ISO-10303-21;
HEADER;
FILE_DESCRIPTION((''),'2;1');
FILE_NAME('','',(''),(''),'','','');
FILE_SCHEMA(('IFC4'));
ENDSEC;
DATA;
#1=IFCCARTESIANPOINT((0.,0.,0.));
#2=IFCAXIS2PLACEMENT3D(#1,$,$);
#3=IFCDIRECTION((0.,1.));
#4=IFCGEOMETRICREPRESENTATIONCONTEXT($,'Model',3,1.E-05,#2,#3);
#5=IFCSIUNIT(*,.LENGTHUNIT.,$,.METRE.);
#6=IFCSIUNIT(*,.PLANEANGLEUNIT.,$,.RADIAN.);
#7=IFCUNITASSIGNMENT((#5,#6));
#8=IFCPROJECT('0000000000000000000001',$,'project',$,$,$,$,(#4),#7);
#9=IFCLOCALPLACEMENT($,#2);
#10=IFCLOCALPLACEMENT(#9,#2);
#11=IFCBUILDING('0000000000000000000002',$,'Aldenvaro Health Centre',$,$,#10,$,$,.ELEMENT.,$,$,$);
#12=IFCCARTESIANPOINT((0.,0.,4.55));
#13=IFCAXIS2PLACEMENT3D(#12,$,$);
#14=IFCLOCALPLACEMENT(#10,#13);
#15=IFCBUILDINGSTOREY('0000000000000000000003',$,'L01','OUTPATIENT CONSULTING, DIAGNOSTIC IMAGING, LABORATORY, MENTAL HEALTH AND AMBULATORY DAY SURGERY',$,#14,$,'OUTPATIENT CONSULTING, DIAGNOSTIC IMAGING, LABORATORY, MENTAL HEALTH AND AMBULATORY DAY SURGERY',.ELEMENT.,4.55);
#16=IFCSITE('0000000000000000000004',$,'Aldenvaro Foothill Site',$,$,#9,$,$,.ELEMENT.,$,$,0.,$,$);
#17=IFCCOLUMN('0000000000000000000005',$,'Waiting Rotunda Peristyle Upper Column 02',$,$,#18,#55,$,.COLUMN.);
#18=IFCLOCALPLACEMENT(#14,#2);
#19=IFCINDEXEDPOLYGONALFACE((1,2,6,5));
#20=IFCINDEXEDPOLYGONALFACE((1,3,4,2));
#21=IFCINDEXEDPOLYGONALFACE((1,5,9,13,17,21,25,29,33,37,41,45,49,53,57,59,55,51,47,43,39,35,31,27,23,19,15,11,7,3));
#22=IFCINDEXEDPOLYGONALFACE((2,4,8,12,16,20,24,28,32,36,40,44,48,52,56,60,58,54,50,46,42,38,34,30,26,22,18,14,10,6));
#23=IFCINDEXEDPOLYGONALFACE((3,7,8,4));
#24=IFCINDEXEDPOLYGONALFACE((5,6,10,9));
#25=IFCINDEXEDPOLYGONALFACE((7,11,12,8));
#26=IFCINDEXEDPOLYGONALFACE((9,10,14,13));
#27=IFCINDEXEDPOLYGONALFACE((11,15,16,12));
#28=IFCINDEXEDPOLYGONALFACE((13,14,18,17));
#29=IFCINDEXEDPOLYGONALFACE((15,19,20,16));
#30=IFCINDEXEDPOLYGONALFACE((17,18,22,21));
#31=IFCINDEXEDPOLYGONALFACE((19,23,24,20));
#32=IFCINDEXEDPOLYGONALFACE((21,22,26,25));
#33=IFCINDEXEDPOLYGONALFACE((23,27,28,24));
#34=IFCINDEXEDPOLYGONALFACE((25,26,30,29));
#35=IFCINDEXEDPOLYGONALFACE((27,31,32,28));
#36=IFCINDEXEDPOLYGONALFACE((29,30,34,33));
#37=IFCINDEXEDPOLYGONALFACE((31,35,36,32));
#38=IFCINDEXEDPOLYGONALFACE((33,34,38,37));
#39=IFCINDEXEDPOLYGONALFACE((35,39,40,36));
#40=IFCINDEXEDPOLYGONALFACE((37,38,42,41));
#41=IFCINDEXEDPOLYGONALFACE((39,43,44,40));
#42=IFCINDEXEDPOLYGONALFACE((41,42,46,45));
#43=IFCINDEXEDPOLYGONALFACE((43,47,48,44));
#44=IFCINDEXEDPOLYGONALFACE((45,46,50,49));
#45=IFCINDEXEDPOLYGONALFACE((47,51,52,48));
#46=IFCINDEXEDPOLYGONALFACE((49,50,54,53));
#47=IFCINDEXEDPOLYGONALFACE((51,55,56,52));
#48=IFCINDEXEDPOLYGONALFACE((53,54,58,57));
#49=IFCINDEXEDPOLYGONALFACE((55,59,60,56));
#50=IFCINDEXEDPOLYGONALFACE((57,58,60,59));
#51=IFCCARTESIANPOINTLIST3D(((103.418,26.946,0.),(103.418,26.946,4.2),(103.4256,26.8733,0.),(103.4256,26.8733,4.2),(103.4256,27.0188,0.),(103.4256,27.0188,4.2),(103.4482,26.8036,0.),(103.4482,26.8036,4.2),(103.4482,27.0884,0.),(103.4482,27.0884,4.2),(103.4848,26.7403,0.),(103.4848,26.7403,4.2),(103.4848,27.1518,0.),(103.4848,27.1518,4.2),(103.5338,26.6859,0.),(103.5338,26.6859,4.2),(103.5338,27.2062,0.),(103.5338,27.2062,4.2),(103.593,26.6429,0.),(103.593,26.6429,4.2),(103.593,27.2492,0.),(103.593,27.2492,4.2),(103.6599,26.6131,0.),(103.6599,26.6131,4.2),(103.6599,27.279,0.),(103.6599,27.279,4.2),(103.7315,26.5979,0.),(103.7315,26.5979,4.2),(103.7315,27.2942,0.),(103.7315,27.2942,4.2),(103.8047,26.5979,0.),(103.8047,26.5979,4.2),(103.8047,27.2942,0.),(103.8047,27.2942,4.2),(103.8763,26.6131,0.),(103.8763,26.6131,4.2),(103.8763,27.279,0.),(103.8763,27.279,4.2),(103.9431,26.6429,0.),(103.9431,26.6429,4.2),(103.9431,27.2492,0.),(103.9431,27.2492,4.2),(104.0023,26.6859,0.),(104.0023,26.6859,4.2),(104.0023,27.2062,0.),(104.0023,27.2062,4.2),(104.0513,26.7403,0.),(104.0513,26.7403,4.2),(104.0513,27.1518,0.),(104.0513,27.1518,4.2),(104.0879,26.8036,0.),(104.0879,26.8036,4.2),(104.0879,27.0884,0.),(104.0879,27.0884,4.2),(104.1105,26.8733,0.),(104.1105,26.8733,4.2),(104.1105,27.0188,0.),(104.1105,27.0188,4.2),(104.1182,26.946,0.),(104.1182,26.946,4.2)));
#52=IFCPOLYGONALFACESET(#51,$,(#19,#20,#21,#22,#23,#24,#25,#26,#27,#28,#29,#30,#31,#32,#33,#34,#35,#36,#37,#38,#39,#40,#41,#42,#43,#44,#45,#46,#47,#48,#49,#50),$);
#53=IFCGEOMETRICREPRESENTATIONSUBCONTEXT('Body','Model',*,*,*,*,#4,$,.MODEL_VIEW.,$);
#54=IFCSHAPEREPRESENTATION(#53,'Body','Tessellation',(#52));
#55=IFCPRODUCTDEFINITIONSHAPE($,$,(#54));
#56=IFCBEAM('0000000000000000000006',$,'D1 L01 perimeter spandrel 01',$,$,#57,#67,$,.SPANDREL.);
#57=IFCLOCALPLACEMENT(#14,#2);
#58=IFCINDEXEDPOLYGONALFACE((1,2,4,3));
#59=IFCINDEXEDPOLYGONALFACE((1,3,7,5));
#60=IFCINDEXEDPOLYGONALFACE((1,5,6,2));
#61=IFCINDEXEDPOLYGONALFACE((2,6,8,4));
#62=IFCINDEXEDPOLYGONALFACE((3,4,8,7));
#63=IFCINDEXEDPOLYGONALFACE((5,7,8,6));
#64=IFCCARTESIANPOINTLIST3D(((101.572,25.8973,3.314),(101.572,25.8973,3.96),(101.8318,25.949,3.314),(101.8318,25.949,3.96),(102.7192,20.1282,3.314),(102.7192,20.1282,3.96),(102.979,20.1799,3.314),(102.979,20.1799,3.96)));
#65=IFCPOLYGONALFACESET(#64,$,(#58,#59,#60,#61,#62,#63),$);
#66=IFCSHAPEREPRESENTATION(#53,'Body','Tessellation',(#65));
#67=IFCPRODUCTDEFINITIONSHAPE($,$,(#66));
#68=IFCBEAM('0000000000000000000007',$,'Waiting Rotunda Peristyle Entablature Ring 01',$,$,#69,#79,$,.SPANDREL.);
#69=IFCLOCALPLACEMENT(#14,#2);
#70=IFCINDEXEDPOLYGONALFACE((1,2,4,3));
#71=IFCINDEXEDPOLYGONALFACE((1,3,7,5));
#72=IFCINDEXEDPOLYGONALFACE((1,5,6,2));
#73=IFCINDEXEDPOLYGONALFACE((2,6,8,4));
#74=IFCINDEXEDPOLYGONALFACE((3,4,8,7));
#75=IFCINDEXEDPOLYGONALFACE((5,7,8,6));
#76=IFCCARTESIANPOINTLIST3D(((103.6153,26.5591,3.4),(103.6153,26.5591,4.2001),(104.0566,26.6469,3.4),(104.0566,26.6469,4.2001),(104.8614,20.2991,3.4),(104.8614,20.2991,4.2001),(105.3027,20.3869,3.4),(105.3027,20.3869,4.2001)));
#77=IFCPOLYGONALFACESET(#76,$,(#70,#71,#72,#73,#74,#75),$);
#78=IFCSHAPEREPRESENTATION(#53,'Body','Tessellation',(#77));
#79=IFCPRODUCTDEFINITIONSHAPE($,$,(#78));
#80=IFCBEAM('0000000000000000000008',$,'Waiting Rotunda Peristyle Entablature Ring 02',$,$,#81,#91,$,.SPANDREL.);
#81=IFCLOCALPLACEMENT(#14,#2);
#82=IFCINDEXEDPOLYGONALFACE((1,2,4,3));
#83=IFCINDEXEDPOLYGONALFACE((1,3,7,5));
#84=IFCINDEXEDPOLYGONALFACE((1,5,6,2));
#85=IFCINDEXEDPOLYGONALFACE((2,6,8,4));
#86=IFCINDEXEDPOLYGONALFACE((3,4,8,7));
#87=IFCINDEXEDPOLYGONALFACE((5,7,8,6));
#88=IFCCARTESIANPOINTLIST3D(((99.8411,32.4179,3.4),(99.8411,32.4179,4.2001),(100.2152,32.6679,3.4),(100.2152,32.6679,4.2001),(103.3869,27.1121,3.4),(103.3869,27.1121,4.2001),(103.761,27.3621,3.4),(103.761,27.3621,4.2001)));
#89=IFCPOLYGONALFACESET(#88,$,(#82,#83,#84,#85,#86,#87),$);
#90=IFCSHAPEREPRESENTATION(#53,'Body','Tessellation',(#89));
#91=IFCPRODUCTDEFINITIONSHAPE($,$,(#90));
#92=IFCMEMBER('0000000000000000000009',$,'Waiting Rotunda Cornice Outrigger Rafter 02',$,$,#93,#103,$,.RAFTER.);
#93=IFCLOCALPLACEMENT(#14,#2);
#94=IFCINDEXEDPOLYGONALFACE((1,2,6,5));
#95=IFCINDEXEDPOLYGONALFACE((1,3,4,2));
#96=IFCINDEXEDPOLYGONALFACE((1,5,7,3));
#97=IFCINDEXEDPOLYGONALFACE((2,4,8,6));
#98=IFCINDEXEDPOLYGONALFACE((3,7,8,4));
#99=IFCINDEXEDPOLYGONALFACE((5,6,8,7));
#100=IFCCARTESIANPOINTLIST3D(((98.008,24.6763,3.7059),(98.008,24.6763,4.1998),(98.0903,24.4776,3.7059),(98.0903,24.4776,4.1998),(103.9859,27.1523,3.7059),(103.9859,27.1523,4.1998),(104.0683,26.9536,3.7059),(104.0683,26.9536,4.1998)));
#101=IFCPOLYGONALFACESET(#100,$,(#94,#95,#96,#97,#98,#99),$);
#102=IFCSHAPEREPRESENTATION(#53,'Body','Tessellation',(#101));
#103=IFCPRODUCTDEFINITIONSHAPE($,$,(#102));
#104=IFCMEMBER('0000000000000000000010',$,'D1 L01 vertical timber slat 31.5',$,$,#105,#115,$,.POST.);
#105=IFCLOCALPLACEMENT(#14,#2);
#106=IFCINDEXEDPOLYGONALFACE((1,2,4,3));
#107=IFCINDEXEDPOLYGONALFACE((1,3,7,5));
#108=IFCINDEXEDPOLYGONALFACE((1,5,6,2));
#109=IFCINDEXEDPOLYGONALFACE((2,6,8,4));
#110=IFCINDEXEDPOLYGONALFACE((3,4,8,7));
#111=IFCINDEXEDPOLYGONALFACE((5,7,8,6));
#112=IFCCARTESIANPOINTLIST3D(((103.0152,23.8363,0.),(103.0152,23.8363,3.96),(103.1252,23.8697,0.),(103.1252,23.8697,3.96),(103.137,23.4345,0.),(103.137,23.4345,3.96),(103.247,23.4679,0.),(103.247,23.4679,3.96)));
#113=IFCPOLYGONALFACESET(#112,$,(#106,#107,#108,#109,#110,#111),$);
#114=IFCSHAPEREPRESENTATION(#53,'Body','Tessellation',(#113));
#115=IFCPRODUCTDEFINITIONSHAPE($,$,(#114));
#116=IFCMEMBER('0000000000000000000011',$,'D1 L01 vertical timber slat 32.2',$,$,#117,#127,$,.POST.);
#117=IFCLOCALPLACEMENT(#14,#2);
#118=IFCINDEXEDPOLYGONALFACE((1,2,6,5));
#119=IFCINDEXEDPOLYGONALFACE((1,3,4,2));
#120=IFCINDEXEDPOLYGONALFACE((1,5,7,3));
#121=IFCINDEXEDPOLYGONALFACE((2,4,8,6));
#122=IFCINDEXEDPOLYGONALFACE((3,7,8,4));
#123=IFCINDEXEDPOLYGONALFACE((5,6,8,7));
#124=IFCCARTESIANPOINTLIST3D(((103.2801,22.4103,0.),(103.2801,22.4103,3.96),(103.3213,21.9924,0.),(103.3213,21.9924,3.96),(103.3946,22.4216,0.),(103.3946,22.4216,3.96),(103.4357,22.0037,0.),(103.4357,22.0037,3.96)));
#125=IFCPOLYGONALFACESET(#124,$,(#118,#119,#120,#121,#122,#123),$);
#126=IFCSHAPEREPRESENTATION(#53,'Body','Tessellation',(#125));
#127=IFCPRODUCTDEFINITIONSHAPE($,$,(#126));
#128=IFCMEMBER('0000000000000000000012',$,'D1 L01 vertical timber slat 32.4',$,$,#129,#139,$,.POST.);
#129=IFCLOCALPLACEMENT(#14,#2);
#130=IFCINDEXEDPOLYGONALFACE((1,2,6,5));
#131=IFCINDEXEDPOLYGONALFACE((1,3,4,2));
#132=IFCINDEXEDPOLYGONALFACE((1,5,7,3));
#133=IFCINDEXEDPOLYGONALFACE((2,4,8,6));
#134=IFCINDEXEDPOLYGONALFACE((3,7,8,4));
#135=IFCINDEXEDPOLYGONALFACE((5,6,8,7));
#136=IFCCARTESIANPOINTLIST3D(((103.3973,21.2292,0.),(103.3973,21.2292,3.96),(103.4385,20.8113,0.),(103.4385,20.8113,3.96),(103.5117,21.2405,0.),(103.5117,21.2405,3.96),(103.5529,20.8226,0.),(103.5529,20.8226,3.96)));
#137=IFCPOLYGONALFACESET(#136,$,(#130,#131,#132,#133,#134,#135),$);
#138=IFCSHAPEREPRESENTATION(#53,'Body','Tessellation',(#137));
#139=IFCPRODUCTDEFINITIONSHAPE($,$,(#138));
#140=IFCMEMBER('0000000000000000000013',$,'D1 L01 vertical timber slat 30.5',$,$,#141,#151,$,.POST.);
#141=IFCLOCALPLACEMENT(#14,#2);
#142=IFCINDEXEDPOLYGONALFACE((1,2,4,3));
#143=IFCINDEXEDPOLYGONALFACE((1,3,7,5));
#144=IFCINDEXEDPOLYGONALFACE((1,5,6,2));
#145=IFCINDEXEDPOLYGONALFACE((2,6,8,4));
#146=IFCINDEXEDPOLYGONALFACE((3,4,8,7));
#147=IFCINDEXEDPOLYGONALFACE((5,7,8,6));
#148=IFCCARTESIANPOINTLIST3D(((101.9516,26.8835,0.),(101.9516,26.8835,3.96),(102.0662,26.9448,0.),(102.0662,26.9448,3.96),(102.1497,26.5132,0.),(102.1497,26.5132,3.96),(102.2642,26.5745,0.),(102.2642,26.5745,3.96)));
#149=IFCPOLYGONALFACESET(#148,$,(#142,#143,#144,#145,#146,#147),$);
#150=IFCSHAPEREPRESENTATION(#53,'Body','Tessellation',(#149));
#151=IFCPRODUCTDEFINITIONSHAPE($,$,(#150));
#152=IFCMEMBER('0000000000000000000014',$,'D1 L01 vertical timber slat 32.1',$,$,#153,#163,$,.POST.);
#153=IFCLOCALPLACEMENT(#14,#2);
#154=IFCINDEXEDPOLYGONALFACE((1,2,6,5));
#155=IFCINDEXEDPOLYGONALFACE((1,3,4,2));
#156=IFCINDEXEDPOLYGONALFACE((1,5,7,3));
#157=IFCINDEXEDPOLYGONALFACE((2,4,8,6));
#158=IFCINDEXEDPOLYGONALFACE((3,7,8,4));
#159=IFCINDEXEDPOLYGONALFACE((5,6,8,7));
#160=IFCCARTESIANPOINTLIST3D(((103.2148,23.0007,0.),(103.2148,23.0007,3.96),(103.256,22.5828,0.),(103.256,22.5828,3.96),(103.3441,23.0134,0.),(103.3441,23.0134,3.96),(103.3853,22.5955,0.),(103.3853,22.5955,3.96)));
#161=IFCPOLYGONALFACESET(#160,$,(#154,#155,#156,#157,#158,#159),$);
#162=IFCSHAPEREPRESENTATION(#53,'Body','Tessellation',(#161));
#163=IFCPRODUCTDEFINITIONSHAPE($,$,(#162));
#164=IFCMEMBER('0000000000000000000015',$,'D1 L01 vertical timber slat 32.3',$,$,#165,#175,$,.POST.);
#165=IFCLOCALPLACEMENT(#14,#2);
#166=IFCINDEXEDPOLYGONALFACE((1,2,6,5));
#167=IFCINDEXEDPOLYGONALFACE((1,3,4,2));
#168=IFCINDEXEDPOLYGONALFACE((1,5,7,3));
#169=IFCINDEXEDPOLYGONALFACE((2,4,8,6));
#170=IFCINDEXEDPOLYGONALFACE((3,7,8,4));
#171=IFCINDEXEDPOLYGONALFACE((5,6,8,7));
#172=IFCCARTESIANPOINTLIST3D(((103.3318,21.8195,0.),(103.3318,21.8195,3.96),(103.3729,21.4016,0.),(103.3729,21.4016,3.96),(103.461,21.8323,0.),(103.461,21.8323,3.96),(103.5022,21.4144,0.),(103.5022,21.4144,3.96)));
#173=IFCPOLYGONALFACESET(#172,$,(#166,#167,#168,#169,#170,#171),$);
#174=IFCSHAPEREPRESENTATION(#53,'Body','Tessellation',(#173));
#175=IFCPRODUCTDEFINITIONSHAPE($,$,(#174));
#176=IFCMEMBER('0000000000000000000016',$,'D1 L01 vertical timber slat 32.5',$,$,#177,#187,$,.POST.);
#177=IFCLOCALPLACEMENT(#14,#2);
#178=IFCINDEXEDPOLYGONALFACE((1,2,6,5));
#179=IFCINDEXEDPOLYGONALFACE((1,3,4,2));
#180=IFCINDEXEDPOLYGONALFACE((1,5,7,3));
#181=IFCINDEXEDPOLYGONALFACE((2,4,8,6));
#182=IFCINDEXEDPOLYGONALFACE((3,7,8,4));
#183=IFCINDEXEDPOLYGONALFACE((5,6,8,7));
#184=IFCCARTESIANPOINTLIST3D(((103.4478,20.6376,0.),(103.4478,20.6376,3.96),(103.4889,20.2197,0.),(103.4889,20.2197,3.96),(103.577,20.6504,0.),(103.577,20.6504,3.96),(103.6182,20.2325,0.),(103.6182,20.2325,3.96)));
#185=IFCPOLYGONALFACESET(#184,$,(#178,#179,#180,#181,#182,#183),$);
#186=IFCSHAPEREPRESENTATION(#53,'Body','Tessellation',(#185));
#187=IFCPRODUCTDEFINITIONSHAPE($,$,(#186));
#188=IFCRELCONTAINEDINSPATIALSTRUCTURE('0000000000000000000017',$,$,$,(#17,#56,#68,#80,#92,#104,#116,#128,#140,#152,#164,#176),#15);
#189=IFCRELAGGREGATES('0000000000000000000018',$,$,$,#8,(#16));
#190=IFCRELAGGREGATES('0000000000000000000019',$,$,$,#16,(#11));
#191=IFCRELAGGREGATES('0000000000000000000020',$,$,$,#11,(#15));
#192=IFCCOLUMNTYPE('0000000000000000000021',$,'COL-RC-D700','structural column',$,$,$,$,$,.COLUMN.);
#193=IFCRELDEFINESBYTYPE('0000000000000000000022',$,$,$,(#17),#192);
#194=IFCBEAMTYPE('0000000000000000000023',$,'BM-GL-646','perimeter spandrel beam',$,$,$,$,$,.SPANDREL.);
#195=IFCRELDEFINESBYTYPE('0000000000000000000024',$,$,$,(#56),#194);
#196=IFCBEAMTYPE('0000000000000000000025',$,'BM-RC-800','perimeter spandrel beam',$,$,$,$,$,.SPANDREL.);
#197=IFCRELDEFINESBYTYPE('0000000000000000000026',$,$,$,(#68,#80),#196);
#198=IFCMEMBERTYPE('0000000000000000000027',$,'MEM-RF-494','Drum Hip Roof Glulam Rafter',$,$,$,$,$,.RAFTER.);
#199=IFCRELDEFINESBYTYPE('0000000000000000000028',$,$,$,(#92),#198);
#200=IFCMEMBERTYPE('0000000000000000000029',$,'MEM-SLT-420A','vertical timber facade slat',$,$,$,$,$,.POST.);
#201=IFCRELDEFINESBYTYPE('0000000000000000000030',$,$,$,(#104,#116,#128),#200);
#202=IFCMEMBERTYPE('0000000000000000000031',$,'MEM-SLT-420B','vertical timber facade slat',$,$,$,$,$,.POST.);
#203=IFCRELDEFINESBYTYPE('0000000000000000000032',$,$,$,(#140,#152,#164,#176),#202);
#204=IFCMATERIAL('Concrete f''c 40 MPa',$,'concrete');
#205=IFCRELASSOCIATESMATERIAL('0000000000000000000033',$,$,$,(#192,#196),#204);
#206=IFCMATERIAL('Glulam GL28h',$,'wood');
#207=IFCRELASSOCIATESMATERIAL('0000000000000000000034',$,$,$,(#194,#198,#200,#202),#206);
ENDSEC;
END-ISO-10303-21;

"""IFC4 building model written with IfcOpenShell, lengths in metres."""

from ifc_helpers import new_model, si_unit, direction, frame, origin, origin_2d, place, context, subcontext, project, spatial, rectangle, circle, extrude, material, material_profile, profile_set, type_object, element, save


model = new_model("IFC4")

# Units and contexts
model_context = context("Model", 3, precision=1e-05, world=origin(), true_north=direction((0.0, 1.0)))
body_context = subcontext(model_context, "Body", "Model", "MODEL_VIEW")
ifc_project = project(units=[si_unit("LENGTHUNIT", "METRE"), si_unit("PLANEANGLEUNIT", "RADIAN")], contexts=[model_context])

# Site, building, storey
site_placement = place(None, origin())
site = spatial("IfcSite", under=ifc_project, at=site_placement, Name="Aldenvaro Foothill Site", CompositionType="ELEMENT", RefElevation=0.0)
building_placement = place(site_placement, origin())
building = spatial("IfcBuilding", under=site, at=building_placement, Name="Aldenvaro Health Centre", CompositionType="ELEMENT")
storey_placement = place(building_placement, frame((0.0, 0.0, 4.55)))
storey = spatial("IfcBuildingStorey", under=building, at=storey_placement, Name="L01", Description="OUTPATIENT CONSULTING, DIAGNOSTIC IMAGING, LABORATORY, MENTAL HEALTH AND AMBULATORY DAY SURGERY", LongName="OUTPATIENT CONSULTING, DIAGNOSTIC IMAGING, LABORATORY, MENTAL HEALTH AND AMBULATORY DAY SURGERY", CompositionType="ELEMENT", Elevation=4.55)

# Column
ifc_material_1 = material(Name="Concrete f'c 40 MPa", Category="concrete")
ifc_material_profile_1 = material_profile(ifc_material_1, circle(Radius=0.3501, at=origin_2d()), Name="RC D700", Category="concrete")
ifc_profile_set_1 = profile_set([ifc_material_profile_1], Name="Concrete f'c 40 MPa")
column_type = type_object("IfcColumnType", Name="COL-RC-D700", Description="structural column", PredefinedType="COLUMN", material=ifc_profile_set_1)
column_placement = place(storey_placement, frame((103.7681, 26.946, 0.0), z_axis=(0.0, 0.0, 1.0), x_axis=(1.0, 0.0, 0.0)))
element("IfcColumn", 1, at=column_placement, inside=storey, type_object=column_type, Name="Waiting Rotunda Peristyle Upper Column 02", PredefinedType="COLUMN", context=body_context, shape_type="SweptSolid", body=[
    extrude(circle(Radius=0.3501, at=origin_2d()), origin(), (0.0, 0.0, 1.0), 4.2),
])

# Beams
ifc_material_2 = material(Name="Glulam GL28h", Category="wood")
ifc_material_profile_2 = material_profile(ifc_material_2, rectangle(XDim=0.2649, YDim=0.646, at=origin_2d()), Name="GL 265x646", Category="wood")
ifc_profile_set_2 = profile_set([ifc_material_profile_2], Name="Glulam GL28h")
beam_type_1 = type_object("IfcBeamType", Name="BM-GL-646", Description="perimeter spandrel beam", PredefinedType="SPANDREL", material=ifc_profile_set_2)
beam_1_placement = place(storey_placement, frame((102.8491, 20.1541, 3.637), z_axis=(-0.195038, 0.980796, 0.0), x_axis=(-0.980796, -0.195038, 0.0)))
element("IfcBeam", 2, at=beam_1_placement, inside=storey, type_object=beam_type_1, Name="D1 L01 perimeter spandrel 01", PredefinedType="SPANDREL", context=body_context, shape_type="SweptSolid", body=[
    extrude(rectangle(XDim=0.2649, YDim=0.646, at=origin_2d()), origin(), (0.0, 0.0, 1.0), 5.8821),
])
ifc_material_profile_3 = material_profile(ifc_material_1, rectangle(XDim=0.45, YDim=0.8, at=origin_2d()), Name="RC 450x800", Category="concrete")
ifc_profile_set_3 = profile_set([ifc_material_profile_3], Name="Concrete f'c 40 MPa")
beam_type_2 = type_object("IfcBeamType", Name="BM-RC-800", Description="perimeter spandrel beam", PredefinedType="SPANDREL", material=ifc_profile_set_3)
beam_2_placement = place(storey_placement, frame((105.082, 20.343, 3.8), z_axis=(-0.195226, 0.980758, 0.0), x_axis=(-0.980758, -0.195226, 0.0)))
element("IfcBeam", 3, at=beam_2_placement, inside=storey, type_object=beam_type_2, Name="Waiting Rotunda Peristyle Entablature Ring 01", PredefinedType="SPANDREL", context=body_context, shape_type="SweptSolid", body=[
    extrude(rectangle(XDim=0.45, YDim=0.8, at=origin_2d()), origin(), (0.0, 0.0, 1.0), 6.3828),
])
beam_3_placement = place(storey_placement, frame((103.574, 27.2371, 3.8), z_axis=(-0.555636, 0.831426, 0.0), x_axis=(-0.831426, -0.555636, 0.0)))
element("IfcBeam", 4, at=beam_3_placement, inside=storey, type_object=beam_type_2, Name="Waiting Rotunda Peristyle Entablature Ring 02", PredefinedType="SPANDREL", context=body_context, shape_type="SweptSolid", body=[
    extrude(rectangle(XDim=0.45, YDim=0.8, at=origin_2d()), origin(), (0.0, 0.0, 1.0), 6.3816),
])

# Members
ifc_material_profile_4 = material_profile(ifc_material_2, rectangle(XDim=0.2151, YDim=0.4939, at=origin_2d()), Name="GL 215x494", Category="wood")
ifc_profile_set_4 = profile_set([ifc_material_profile_4], Name="Glulam GL28h")
member_type_1 = type_object("IfcMemberType", Name="MEM-RF-494", Description="Drum Hip Roof Glulam Rafter", PredefinedType="RAFTER", material=ifc_profile_set_4)
member_placement = place(storey_placement, frame((104.0271, 27.053, 3.9529), z_axis=(-0.923885, -0.382669, 0.0), x_axis=(0.382669, -0.923885, 0.0)))
element("IfcMember", 5, at=member_placement, inside=storey, type_object=member_type_1, Name="Waiting Rotunda Cornice Outrigger Rafter 02", PredefinedType="RAFTER", context=body_context, shape_type="SweptSolid", body=[
    extrude(rectangle(XDim=0.2151, YDim=0.4939, at=origin_2d()), origin(), (0.0, 0.0, 1.0), 6.4705),
])
ifc_material_profile_5 = material_profile(ifc_material_2, rectangle(XDim=0.115, YDim=0.4199, at=origin_2d()), Name="GL 115x420", Category="wood")
ifc_profile_set_5 = profile_set([ifc_material_profile_5], Name="Glulam GL28h")
member_type_2 = type_object("IfcMemberType", Name="MEM-SLT-420A", Description="vertical timber facade slat", PredefinedType="POST", material=ifc_profile_set_5)
for number, where, z_axis, x_axis, name in (
    (6, (103.1311, 23.6521, 0.0), (0.0, 0.0, 1.0), (0.956975, 0.290171, 0.0), "D1 L01 vertical timber slat 31.5"),
    (7, (103.3579, 22.207, 0.0), (0.0, 0.0, 1.0), (0.995187, 0.097994, 0.0), "D1 L01 vertical timber slat 32.2"),
    (8, (103.4751, 21.0259, 0.0), (0.0, 0.0, 1.0), (0.995187, 0.097994, 0.0), "D1 L01 vertical timber slat 32.4"),
):
    element("IfcMember", number, at=place(storey_placement, frame(where, z_axis=z_axis, x_axis=x_axis)), inside=storey, type_object=member_type_2, Name=name, PredefinedType="POST", context=body_context, shape_type="SweptSolid", body=[
        extrude(rectangle(XDim=0.115, YDim=0.4199, at=origin_2d()), origin(), (0.0, 0.0, 1.0), 3.96),
    ])
ifc_material_profile_6 = material_profile(ifc_material_2, rectangle(XDim=0.1299, YDim=0.4199, at=origin_2d()), Name="GL 130x420", Category="wood")
ifc_profile_set_6 = profile_set([ifc_material_profile_6], Name="Glulam GL28h")
member_type_3 = type_object("IfcMemberType", Name="MEM-SLT-420B", Description="vertical timber facade slat", PredefinedType="POST", material=ifc_profile_set_6)
for number, where, z_axis, x_axis, name in (
    (9, (102.1079, 26.729, 0.0), (0.0, 0.0, 1.0), (0.881836, 0.471557, 0.0), "D1 L01 vertical timber slat 30.5"),
    (10, (103.3, 22.7981, 0.0), (0.0, 0.0, 1.0), (0.995187, 0.097994, 0.0), "D1 L01 vertical timber slat 32.1"),
    (11, (103.417, 21.6169, 0.0), (0.0, 0.0, 1.0), (0.995187, 0.097994, 0.0), "D1 L01 vertical timber slat 32.3"),
    (12, (103.533, 20.4351, 0.0), (0.0, 0.0, 1.0), (0.995187, 0.097994, 0.0), "D1 L01 vertical timber slat 32.5"),
):
    element("IfcMember", number, at=place(storey_placement, frame(where, z_axis=z_axis, x_axis=x_axis)), inside=storey, type_object=member_type_3, Name=name, PredefinedType="POST", context=body_context, shape_type="SweptSolid", body=[
        extrude(rectangle(XDim=0.1299, YDim=0.4199, at=origin_2d()), origin(), (0.0, 0.0, 1.0), 3.96),
    ])

save(model, "model.ifc")
